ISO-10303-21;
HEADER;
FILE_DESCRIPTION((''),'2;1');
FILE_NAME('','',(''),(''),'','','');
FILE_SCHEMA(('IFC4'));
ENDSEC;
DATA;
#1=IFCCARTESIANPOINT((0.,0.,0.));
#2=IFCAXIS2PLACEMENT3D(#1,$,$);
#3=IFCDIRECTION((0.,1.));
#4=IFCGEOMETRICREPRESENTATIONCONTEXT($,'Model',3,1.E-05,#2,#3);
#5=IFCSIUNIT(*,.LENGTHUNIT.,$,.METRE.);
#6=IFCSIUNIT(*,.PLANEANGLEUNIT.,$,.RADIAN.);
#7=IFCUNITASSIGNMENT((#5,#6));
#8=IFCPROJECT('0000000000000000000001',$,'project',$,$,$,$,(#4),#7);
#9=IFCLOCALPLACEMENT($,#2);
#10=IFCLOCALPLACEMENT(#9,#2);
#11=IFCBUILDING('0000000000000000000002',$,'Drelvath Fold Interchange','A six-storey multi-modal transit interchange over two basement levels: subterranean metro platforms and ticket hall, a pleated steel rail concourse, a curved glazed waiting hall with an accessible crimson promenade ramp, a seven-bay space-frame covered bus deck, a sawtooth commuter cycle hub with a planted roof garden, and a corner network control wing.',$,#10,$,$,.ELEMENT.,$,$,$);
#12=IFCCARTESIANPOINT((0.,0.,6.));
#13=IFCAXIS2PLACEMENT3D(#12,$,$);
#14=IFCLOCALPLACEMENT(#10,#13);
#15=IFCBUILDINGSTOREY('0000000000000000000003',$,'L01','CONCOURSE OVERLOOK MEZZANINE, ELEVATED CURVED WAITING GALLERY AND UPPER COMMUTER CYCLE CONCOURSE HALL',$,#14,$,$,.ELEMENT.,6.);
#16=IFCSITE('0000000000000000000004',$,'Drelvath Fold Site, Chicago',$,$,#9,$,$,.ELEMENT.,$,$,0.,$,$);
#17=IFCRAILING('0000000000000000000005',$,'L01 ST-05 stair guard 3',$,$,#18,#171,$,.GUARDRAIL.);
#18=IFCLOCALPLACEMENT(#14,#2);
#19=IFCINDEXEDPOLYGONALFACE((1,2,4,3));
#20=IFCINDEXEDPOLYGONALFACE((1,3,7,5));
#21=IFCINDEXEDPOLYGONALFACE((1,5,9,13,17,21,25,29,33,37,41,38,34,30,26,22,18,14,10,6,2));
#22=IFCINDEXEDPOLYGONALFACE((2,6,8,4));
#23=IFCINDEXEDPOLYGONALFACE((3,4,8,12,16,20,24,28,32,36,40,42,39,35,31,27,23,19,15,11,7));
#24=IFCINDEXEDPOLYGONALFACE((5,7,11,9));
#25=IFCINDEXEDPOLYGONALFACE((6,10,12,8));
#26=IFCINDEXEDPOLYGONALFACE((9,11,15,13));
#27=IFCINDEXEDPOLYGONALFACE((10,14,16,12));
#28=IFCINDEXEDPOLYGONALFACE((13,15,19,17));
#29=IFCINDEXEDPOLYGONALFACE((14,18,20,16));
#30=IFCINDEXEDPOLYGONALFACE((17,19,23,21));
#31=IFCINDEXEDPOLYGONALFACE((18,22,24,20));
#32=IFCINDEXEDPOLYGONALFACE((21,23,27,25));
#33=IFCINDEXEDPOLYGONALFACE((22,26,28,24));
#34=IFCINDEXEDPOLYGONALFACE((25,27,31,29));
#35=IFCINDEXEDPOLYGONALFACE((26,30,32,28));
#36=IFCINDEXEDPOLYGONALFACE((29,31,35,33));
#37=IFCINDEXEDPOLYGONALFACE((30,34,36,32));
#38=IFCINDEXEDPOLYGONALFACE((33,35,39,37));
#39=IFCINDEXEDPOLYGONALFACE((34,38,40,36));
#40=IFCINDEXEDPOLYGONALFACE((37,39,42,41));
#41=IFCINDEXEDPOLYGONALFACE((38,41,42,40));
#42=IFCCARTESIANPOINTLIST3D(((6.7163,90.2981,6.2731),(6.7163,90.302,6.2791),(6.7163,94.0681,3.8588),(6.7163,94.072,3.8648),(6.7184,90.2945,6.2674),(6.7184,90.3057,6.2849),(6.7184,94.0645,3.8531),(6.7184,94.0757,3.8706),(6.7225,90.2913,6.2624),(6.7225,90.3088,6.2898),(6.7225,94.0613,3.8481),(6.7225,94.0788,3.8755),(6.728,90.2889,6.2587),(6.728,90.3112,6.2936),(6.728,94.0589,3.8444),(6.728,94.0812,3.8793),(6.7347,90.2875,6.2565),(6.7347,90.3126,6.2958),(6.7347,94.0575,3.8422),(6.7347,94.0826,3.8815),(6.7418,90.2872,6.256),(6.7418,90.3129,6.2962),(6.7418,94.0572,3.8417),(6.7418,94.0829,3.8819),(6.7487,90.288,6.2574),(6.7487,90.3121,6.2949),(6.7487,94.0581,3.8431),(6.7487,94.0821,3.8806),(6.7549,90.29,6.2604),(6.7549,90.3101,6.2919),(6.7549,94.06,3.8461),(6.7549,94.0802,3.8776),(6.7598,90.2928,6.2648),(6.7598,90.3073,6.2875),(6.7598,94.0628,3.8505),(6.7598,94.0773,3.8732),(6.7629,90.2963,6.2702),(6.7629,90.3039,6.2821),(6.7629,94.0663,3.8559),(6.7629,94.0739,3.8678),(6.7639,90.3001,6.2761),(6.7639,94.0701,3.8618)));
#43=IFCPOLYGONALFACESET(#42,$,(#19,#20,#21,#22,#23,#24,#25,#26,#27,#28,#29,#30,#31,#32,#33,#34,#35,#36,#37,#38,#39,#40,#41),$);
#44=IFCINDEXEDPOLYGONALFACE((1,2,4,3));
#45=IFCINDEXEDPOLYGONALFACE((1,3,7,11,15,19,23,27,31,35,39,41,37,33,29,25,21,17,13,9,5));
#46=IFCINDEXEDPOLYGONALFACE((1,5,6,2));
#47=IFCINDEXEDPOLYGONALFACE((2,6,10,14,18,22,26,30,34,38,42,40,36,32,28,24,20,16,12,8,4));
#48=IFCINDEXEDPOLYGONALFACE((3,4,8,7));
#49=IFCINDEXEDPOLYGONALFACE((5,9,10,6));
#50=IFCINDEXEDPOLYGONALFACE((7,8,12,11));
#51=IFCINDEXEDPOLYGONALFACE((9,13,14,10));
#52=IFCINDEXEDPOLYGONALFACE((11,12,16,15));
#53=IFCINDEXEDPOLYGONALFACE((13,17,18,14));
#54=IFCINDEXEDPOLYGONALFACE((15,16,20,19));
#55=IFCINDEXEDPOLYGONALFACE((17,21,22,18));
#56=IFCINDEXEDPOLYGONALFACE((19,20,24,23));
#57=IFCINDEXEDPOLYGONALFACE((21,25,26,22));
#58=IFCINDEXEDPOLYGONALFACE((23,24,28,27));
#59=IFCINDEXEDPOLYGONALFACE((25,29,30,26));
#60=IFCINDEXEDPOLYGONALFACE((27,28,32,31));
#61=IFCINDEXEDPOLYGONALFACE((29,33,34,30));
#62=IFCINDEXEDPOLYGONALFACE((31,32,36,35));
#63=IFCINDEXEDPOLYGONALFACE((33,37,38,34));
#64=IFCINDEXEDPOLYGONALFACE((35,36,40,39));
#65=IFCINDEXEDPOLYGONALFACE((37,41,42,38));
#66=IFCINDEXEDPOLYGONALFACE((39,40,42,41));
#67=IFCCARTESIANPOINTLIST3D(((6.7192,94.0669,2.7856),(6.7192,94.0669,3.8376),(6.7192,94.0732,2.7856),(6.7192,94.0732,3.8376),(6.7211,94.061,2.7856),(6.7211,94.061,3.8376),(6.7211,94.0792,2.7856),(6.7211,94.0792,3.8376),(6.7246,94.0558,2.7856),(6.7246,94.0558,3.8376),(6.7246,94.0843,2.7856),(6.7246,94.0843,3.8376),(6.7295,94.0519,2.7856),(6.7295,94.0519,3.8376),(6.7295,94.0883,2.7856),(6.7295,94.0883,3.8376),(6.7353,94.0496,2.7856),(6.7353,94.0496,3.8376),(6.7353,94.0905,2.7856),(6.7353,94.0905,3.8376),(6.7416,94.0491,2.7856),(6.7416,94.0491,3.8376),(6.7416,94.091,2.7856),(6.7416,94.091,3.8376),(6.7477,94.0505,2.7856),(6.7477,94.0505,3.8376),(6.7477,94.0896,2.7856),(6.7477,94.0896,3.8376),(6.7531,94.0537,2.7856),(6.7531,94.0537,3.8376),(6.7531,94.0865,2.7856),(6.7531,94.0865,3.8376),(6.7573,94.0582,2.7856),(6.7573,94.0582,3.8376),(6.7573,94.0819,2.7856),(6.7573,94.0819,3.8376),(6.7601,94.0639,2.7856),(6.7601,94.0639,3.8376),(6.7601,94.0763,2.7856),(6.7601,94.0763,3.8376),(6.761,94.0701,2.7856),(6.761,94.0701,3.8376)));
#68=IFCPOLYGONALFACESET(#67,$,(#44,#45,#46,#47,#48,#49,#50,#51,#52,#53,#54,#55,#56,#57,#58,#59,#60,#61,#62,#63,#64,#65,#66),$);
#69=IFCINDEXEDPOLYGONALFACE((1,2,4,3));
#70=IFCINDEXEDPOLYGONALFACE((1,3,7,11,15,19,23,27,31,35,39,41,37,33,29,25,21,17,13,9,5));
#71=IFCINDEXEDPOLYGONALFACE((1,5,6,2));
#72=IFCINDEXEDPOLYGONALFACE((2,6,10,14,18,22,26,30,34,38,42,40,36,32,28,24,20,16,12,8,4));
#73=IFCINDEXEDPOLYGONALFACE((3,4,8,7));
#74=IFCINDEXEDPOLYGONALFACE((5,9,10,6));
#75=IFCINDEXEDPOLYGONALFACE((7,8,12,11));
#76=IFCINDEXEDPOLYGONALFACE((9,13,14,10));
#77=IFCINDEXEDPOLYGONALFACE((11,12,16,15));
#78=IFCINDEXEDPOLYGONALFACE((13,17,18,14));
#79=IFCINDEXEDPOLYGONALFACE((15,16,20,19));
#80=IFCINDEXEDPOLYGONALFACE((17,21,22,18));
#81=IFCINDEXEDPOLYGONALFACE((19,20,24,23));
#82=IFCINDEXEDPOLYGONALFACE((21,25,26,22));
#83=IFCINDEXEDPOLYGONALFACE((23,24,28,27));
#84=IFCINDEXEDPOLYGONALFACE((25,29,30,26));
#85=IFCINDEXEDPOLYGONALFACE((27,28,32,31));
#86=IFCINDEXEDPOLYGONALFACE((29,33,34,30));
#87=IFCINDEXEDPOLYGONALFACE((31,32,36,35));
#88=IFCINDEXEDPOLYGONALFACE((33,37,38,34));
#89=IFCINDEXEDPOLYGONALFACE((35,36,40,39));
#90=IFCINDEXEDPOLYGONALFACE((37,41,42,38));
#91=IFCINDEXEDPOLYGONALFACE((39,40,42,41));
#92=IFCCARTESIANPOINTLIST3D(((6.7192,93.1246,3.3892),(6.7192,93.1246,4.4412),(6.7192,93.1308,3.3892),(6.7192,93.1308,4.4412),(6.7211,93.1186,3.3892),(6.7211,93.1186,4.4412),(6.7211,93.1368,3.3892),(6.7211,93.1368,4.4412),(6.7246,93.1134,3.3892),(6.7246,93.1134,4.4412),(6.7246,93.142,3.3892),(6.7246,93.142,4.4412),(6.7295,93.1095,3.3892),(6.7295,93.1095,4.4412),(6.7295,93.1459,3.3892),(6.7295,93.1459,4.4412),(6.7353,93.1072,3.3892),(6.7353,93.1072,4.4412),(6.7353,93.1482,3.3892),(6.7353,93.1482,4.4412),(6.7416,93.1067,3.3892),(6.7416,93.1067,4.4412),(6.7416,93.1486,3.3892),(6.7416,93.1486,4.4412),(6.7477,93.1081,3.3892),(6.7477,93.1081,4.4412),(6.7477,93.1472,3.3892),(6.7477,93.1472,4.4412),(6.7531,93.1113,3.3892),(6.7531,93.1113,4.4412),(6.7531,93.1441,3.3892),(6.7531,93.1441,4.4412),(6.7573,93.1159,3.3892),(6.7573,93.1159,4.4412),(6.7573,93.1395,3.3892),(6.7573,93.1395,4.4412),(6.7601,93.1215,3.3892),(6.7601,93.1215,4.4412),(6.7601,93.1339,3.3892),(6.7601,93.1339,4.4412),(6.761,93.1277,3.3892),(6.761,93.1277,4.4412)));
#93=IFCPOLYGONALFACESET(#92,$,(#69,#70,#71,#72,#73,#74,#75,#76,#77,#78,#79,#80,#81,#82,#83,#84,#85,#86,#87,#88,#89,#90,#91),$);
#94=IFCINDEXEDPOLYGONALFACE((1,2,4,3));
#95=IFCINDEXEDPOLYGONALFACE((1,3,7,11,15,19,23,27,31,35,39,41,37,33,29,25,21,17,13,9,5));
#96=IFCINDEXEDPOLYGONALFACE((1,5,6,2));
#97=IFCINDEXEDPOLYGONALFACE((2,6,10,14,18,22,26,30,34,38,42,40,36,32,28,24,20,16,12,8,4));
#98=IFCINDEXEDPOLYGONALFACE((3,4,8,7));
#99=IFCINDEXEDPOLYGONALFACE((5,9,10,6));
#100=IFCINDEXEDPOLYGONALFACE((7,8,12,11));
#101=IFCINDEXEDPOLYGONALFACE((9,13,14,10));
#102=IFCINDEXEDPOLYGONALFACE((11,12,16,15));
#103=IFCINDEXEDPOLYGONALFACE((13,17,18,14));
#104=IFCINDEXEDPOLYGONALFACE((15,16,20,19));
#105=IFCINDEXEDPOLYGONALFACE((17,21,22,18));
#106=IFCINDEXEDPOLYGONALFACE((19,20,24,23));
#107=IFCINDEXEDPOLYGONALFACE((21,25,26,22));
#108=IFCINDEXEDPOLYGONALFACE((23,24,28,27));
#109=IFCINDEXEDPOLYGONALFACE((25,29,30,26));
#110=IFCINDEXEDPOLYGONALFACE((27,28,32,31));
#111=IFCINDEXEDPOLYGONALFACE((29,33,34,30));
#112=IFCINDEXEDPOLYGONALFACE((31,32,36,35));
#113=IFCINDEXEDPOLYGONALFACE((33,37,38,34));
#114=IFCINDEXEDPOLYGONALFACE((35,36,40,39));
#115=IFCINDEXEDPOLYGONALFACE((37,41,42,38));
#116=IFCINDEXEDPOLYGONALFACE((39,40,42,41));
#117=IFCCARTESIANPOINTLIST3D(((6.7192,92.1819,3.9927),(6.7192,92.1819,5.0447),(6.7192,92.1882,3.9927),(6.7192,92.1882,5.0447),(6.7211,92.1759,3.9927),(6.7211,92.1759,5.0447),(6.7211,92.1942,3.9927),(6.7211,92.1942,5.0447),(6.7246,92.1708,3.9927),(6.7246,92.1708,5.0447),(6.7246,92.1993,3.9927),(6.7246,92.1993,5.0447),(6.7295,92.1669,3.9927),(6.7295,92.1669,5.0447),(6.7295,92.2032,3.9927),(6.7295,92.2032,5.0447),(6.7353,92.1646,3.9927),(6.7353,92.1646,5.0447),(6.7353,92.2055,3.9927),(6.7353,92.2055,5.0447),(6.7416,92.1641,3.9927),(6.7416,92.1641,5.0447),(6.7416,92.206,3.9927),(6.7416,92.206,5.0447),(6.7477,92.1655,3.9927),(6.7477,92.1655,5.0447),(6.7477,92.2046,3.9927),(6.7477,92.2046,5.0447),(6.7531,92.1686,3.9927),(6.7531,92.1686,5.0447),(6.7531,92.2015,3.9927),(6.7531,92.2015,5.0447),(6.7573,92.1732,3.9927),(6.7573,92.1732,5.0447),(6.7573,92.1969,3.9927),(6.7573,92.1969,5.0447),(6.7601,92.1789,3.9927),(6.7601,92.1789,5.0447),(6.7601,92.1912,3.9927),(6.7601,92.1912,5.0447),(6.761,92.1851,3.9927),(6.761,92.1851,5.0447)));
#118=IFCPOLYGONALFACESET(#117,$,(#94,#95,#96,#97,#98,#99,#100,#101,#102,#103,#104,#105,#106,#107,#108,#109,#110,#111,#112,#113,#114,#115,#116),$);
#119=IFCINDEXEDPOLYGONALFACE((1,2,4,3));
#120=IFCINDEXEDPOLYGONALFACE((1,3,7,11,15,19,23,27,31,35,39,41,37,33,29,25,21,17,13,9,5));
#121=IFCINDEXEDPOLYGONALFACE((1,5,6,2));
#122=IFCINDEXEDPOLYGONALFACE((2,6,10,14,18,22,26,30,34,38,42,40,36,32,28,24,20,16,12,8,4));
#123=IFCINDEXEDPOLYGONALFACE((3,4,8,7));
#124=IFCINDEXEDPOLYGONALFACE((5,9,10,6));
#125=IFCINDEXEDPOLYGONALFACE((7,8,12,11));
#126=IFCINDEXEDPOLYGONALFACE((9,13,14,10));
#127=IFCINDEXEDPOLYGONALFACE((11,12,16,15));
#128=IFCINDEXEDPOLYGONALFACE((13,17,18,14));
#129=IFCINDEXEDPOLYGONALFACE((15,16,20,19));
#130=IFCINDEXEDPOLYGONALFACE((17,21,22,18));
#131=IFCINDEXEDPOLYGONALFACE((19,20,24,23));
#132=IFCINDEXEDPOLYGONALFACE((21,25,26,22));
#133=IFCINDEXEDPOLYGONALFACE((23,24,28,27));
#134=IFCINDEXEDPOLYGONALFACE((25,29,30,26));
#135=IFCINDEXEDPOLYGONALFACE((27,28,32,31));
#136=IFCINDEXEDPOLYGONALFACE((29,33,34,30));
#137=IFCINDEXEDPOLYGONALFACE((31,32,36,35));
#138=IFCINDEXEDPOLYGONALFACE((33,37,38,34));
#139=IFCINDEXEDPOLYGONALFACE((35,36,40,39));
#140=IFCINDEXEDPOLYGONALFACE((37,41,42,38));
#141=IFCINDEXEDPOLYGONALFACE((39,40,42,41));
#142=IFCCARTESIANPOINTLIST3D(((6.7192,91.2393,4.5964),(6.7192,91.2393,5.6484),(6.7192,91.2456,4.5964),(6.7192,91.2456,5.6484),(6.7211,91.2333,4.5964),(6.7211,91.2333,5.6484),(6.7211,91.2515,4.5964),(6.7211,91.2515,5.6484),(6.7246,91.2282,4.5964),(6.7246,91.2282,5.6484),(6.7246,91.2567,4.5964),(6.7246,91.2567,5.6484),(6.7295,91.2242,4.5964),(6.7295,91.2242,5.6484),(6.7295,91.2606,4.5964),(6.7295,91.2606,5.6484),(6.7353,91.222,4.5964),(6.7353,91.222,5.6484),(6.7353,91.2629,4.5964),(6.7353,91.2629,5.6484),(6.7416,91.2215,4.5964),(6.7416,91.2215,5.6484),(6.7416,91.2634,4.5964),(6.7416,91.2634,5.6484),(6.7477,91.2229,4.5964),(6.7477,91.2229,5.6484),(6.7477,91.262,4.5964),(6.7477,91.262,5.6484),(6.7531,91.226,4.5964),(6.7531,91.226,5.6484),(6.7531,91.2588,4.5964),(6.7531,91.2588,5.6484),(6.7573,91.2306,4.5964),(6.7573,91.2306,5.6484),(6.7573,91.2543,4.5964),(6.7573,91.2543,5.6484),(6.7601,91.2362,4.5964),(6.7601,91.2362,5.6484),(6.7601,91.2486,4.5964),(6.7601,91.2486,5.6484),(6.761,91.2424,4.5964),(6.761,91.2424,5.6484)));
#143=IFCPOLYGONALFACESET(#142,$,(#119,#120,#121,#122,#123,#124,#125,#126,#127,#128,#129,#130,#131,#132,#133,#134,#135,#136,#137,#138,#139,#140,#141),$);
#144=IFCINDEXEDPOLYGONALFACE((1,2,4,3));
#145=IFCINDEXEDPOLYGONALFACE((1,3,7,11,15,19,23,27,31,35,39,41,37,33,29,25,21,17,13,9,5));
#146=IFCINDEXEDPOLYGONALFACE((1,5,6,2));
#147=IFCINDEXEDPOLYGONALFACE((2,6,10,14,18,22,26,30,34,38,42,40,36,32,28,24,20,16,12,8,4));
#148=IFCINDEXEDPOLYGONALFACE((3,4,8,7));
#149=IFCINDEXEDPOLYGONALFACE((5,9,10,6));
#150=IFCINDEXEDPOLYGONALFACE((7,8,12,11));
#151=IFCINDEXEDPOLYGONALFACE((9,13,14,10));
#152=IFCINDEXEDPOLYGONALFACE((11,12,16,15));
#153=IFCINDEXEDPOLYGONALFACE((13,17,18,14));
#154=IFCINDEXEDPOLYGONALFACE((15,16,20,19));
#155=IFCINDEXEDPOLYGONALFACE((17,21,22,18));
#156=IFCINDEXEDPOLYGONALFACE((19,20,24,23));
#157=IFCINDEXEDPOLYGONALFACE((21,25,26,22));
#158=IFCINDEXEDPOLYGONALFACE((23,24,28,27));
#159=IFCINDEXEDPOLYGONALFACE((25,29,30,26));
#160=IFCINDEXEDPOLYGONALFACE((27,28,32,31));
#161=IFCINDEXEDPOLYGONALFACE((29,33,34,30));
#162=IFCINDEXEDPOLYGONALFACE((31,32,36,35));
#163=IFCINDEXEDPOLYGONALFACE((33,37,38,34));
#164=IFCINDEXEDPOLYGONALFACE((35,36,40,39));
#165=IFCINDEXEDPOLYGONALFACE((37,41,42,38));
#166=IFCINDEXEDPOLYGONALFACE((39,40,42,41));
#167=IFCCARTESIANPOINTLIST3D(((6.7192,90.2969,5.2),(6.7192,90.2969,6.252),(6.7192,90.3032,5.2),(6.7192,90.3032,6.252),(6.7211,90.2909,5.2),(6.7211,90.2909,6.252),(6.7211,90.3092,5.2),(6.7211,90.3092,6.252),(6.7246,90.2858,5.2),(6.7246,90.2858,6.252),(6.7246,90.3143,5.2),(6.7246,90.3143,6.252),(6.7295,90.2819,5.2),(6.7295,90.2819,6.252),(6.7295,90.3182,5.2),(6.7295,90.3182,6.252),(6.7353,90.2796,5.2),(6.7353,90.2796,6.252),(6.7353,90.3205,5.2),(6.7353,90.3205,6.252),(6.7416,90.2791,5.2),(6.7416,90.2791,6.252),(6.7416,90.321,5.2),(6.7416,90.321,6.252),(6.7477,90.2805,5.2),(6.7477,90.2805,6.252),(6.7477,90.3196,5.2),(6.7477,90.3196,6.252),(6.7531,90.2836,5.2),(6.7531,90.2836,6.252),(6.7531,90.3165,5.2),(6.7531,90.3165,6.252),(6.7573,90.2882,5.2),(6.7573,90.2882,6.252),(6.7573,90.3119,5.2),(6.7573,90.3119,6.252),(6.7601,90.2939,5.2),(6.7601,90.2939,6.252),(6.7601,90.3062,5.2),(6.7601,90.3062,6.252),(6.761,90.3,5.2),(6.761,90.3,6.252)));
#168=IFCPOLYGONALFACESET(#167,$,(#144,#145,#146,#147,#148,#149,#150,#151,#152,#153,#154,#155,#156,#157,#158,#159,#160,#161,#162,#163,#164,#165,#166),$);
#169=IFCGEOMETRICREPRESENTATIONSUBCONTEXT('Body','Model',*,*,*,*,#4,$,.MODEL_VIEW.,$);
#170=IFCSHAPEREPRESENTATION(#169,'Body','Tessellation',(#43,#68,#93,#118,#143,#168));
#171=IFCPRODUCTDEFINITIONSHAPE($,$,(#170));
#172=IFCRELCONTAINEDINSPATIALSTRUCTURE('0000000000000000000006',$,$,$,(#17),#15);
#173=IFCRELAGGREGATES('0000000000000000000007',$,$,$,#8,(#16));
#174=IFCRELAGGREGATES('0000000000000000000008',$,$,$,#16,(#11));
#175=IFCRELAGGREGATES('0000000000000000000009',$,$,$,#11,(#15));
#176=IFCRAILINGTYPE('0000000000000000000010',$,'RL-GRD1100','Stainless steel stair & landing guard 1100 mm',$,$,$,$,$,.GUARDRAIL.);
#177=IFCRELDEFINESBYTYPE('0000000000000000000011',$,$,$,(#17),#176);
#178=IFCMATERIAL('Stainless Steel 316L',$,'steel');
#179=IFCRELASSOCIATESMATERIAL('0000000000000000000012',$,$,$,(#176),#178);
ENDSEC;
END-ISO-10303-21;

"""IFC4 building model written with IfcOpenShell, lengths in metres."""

from ifc_helpers import new_model, si_unit, direction, frame, origin, origin_2d, place, context, subcontext, project, spatial, circle, extrude, material, type_object, element, save


model = new_model("IFC4")

# Units and contexts
model_context = context("Model", 3, precision=1e-05, world=origin(), true_north=direction((0.0, 1.0)))
body_context = subcontext(model_context, "Body", "Model", "MODEL_VIEW")
ifc_project = project(units=[si_unit("LENGTHUNIT", "METRE"), si_unit("PLANEANGLEUNIT", "RADIAN")], contexts=[model_context])

# Site, building, storey
site_placement = place(None, origin())
site = spatial("IfcSite", under=ifc_project, at=site_placement, Name="Drelvath Fold Site, Chicago", CompositionType="ELEMENT", RefElevation=0.0)
building_placement = place(site_placement, origin())
building = spatial("IfcBuilding", under=site, at=building_placement, Name="Drelvath Fold Interchange", Description="A six-storey multi-modal transit interchange over two basement levels: subterranean metro platforms and ticket hall, a pleated steel rail concourse, a curved glazed waiting hall with an accessible crimson promenade ramp, a seven-bay space-frame covered bus deck, a sawtooth commuter cycle hub with a planted roof garden, and a corner network control wing.", CompositionType="ELEMENT")
storey_placement = place(building_placement, frame((0.0, 0.0, 6.0)))
storey = spatial("IfcBuildingStorey", under=building, at=storey_placement, Name="L01", Description="CONCOURSE OVERLOOK MEZZANINE, ELEVATED CURVED WAITING GALLERY AND UPPER COMMUTER CYCLE CONCOURSE HALL", CompositionType="ELEMENT", Elevation=6.0)

# Railing
ifc_material_1 = material(Name="Stainless Steel 316L", Category="steel")
railing_type_1 = type_object("IfcRailingType", Name="RL-GRD1100", Description="Stainless steel stair & landing guard 1100 mm", PredefinedType="GUARDRAIL", material=ifc_material_1)
railing_1_placement = place(storey_placement, frame((6.74, 94.0701, 2.7856)))
element("IfcRailing", 1, at=railing_1_placement, inside=storey, type_object=railing_type_1, Name="L01 ST-05 stair guard 3", PredefinedType="GUARDRAIL", context=body_context, shape_type="SweptSolid", body=[
    extrude(circle(Radius=0.0239, at=origin_2d()), frame((0.0, 0.0, 1.0762), z_axis=(0.0, -0.84212, 0.53929), x_axis=(1.0, 0.0, 0.0)), (0.0, 0.0, 1.0), 4.4768),
    extrude(circle(Radius=0.021, at=origin_2d()), origin(), (0.0, 0.0, 1.0), 1.052),
    extrude(circle(Radius=0.021, at=origin_2d()), frame((0.0, -0.9424, 0.6035)), (0.0, 0.0, 1.0), 1.052),
    extrude(circle(Radius=0.021, at=origin_2d()), frame((0.0, -1.885, 1.207)), (0.0, 0.0, 1.0), 1.052),
    extrude(circle(Radius=0.021, at=origin_2d()), frame((0.0, -2.8276, 1.8108)), (0.0, 0.0, 1.0), 1.052),
    extrude(circle(Radius=0.021, at=origin_2d()), frame((0.0, -3.77, 2.4143)), (0.0, 0.0, 1.0), 1.052),
])

save(model, "model.ifc")
